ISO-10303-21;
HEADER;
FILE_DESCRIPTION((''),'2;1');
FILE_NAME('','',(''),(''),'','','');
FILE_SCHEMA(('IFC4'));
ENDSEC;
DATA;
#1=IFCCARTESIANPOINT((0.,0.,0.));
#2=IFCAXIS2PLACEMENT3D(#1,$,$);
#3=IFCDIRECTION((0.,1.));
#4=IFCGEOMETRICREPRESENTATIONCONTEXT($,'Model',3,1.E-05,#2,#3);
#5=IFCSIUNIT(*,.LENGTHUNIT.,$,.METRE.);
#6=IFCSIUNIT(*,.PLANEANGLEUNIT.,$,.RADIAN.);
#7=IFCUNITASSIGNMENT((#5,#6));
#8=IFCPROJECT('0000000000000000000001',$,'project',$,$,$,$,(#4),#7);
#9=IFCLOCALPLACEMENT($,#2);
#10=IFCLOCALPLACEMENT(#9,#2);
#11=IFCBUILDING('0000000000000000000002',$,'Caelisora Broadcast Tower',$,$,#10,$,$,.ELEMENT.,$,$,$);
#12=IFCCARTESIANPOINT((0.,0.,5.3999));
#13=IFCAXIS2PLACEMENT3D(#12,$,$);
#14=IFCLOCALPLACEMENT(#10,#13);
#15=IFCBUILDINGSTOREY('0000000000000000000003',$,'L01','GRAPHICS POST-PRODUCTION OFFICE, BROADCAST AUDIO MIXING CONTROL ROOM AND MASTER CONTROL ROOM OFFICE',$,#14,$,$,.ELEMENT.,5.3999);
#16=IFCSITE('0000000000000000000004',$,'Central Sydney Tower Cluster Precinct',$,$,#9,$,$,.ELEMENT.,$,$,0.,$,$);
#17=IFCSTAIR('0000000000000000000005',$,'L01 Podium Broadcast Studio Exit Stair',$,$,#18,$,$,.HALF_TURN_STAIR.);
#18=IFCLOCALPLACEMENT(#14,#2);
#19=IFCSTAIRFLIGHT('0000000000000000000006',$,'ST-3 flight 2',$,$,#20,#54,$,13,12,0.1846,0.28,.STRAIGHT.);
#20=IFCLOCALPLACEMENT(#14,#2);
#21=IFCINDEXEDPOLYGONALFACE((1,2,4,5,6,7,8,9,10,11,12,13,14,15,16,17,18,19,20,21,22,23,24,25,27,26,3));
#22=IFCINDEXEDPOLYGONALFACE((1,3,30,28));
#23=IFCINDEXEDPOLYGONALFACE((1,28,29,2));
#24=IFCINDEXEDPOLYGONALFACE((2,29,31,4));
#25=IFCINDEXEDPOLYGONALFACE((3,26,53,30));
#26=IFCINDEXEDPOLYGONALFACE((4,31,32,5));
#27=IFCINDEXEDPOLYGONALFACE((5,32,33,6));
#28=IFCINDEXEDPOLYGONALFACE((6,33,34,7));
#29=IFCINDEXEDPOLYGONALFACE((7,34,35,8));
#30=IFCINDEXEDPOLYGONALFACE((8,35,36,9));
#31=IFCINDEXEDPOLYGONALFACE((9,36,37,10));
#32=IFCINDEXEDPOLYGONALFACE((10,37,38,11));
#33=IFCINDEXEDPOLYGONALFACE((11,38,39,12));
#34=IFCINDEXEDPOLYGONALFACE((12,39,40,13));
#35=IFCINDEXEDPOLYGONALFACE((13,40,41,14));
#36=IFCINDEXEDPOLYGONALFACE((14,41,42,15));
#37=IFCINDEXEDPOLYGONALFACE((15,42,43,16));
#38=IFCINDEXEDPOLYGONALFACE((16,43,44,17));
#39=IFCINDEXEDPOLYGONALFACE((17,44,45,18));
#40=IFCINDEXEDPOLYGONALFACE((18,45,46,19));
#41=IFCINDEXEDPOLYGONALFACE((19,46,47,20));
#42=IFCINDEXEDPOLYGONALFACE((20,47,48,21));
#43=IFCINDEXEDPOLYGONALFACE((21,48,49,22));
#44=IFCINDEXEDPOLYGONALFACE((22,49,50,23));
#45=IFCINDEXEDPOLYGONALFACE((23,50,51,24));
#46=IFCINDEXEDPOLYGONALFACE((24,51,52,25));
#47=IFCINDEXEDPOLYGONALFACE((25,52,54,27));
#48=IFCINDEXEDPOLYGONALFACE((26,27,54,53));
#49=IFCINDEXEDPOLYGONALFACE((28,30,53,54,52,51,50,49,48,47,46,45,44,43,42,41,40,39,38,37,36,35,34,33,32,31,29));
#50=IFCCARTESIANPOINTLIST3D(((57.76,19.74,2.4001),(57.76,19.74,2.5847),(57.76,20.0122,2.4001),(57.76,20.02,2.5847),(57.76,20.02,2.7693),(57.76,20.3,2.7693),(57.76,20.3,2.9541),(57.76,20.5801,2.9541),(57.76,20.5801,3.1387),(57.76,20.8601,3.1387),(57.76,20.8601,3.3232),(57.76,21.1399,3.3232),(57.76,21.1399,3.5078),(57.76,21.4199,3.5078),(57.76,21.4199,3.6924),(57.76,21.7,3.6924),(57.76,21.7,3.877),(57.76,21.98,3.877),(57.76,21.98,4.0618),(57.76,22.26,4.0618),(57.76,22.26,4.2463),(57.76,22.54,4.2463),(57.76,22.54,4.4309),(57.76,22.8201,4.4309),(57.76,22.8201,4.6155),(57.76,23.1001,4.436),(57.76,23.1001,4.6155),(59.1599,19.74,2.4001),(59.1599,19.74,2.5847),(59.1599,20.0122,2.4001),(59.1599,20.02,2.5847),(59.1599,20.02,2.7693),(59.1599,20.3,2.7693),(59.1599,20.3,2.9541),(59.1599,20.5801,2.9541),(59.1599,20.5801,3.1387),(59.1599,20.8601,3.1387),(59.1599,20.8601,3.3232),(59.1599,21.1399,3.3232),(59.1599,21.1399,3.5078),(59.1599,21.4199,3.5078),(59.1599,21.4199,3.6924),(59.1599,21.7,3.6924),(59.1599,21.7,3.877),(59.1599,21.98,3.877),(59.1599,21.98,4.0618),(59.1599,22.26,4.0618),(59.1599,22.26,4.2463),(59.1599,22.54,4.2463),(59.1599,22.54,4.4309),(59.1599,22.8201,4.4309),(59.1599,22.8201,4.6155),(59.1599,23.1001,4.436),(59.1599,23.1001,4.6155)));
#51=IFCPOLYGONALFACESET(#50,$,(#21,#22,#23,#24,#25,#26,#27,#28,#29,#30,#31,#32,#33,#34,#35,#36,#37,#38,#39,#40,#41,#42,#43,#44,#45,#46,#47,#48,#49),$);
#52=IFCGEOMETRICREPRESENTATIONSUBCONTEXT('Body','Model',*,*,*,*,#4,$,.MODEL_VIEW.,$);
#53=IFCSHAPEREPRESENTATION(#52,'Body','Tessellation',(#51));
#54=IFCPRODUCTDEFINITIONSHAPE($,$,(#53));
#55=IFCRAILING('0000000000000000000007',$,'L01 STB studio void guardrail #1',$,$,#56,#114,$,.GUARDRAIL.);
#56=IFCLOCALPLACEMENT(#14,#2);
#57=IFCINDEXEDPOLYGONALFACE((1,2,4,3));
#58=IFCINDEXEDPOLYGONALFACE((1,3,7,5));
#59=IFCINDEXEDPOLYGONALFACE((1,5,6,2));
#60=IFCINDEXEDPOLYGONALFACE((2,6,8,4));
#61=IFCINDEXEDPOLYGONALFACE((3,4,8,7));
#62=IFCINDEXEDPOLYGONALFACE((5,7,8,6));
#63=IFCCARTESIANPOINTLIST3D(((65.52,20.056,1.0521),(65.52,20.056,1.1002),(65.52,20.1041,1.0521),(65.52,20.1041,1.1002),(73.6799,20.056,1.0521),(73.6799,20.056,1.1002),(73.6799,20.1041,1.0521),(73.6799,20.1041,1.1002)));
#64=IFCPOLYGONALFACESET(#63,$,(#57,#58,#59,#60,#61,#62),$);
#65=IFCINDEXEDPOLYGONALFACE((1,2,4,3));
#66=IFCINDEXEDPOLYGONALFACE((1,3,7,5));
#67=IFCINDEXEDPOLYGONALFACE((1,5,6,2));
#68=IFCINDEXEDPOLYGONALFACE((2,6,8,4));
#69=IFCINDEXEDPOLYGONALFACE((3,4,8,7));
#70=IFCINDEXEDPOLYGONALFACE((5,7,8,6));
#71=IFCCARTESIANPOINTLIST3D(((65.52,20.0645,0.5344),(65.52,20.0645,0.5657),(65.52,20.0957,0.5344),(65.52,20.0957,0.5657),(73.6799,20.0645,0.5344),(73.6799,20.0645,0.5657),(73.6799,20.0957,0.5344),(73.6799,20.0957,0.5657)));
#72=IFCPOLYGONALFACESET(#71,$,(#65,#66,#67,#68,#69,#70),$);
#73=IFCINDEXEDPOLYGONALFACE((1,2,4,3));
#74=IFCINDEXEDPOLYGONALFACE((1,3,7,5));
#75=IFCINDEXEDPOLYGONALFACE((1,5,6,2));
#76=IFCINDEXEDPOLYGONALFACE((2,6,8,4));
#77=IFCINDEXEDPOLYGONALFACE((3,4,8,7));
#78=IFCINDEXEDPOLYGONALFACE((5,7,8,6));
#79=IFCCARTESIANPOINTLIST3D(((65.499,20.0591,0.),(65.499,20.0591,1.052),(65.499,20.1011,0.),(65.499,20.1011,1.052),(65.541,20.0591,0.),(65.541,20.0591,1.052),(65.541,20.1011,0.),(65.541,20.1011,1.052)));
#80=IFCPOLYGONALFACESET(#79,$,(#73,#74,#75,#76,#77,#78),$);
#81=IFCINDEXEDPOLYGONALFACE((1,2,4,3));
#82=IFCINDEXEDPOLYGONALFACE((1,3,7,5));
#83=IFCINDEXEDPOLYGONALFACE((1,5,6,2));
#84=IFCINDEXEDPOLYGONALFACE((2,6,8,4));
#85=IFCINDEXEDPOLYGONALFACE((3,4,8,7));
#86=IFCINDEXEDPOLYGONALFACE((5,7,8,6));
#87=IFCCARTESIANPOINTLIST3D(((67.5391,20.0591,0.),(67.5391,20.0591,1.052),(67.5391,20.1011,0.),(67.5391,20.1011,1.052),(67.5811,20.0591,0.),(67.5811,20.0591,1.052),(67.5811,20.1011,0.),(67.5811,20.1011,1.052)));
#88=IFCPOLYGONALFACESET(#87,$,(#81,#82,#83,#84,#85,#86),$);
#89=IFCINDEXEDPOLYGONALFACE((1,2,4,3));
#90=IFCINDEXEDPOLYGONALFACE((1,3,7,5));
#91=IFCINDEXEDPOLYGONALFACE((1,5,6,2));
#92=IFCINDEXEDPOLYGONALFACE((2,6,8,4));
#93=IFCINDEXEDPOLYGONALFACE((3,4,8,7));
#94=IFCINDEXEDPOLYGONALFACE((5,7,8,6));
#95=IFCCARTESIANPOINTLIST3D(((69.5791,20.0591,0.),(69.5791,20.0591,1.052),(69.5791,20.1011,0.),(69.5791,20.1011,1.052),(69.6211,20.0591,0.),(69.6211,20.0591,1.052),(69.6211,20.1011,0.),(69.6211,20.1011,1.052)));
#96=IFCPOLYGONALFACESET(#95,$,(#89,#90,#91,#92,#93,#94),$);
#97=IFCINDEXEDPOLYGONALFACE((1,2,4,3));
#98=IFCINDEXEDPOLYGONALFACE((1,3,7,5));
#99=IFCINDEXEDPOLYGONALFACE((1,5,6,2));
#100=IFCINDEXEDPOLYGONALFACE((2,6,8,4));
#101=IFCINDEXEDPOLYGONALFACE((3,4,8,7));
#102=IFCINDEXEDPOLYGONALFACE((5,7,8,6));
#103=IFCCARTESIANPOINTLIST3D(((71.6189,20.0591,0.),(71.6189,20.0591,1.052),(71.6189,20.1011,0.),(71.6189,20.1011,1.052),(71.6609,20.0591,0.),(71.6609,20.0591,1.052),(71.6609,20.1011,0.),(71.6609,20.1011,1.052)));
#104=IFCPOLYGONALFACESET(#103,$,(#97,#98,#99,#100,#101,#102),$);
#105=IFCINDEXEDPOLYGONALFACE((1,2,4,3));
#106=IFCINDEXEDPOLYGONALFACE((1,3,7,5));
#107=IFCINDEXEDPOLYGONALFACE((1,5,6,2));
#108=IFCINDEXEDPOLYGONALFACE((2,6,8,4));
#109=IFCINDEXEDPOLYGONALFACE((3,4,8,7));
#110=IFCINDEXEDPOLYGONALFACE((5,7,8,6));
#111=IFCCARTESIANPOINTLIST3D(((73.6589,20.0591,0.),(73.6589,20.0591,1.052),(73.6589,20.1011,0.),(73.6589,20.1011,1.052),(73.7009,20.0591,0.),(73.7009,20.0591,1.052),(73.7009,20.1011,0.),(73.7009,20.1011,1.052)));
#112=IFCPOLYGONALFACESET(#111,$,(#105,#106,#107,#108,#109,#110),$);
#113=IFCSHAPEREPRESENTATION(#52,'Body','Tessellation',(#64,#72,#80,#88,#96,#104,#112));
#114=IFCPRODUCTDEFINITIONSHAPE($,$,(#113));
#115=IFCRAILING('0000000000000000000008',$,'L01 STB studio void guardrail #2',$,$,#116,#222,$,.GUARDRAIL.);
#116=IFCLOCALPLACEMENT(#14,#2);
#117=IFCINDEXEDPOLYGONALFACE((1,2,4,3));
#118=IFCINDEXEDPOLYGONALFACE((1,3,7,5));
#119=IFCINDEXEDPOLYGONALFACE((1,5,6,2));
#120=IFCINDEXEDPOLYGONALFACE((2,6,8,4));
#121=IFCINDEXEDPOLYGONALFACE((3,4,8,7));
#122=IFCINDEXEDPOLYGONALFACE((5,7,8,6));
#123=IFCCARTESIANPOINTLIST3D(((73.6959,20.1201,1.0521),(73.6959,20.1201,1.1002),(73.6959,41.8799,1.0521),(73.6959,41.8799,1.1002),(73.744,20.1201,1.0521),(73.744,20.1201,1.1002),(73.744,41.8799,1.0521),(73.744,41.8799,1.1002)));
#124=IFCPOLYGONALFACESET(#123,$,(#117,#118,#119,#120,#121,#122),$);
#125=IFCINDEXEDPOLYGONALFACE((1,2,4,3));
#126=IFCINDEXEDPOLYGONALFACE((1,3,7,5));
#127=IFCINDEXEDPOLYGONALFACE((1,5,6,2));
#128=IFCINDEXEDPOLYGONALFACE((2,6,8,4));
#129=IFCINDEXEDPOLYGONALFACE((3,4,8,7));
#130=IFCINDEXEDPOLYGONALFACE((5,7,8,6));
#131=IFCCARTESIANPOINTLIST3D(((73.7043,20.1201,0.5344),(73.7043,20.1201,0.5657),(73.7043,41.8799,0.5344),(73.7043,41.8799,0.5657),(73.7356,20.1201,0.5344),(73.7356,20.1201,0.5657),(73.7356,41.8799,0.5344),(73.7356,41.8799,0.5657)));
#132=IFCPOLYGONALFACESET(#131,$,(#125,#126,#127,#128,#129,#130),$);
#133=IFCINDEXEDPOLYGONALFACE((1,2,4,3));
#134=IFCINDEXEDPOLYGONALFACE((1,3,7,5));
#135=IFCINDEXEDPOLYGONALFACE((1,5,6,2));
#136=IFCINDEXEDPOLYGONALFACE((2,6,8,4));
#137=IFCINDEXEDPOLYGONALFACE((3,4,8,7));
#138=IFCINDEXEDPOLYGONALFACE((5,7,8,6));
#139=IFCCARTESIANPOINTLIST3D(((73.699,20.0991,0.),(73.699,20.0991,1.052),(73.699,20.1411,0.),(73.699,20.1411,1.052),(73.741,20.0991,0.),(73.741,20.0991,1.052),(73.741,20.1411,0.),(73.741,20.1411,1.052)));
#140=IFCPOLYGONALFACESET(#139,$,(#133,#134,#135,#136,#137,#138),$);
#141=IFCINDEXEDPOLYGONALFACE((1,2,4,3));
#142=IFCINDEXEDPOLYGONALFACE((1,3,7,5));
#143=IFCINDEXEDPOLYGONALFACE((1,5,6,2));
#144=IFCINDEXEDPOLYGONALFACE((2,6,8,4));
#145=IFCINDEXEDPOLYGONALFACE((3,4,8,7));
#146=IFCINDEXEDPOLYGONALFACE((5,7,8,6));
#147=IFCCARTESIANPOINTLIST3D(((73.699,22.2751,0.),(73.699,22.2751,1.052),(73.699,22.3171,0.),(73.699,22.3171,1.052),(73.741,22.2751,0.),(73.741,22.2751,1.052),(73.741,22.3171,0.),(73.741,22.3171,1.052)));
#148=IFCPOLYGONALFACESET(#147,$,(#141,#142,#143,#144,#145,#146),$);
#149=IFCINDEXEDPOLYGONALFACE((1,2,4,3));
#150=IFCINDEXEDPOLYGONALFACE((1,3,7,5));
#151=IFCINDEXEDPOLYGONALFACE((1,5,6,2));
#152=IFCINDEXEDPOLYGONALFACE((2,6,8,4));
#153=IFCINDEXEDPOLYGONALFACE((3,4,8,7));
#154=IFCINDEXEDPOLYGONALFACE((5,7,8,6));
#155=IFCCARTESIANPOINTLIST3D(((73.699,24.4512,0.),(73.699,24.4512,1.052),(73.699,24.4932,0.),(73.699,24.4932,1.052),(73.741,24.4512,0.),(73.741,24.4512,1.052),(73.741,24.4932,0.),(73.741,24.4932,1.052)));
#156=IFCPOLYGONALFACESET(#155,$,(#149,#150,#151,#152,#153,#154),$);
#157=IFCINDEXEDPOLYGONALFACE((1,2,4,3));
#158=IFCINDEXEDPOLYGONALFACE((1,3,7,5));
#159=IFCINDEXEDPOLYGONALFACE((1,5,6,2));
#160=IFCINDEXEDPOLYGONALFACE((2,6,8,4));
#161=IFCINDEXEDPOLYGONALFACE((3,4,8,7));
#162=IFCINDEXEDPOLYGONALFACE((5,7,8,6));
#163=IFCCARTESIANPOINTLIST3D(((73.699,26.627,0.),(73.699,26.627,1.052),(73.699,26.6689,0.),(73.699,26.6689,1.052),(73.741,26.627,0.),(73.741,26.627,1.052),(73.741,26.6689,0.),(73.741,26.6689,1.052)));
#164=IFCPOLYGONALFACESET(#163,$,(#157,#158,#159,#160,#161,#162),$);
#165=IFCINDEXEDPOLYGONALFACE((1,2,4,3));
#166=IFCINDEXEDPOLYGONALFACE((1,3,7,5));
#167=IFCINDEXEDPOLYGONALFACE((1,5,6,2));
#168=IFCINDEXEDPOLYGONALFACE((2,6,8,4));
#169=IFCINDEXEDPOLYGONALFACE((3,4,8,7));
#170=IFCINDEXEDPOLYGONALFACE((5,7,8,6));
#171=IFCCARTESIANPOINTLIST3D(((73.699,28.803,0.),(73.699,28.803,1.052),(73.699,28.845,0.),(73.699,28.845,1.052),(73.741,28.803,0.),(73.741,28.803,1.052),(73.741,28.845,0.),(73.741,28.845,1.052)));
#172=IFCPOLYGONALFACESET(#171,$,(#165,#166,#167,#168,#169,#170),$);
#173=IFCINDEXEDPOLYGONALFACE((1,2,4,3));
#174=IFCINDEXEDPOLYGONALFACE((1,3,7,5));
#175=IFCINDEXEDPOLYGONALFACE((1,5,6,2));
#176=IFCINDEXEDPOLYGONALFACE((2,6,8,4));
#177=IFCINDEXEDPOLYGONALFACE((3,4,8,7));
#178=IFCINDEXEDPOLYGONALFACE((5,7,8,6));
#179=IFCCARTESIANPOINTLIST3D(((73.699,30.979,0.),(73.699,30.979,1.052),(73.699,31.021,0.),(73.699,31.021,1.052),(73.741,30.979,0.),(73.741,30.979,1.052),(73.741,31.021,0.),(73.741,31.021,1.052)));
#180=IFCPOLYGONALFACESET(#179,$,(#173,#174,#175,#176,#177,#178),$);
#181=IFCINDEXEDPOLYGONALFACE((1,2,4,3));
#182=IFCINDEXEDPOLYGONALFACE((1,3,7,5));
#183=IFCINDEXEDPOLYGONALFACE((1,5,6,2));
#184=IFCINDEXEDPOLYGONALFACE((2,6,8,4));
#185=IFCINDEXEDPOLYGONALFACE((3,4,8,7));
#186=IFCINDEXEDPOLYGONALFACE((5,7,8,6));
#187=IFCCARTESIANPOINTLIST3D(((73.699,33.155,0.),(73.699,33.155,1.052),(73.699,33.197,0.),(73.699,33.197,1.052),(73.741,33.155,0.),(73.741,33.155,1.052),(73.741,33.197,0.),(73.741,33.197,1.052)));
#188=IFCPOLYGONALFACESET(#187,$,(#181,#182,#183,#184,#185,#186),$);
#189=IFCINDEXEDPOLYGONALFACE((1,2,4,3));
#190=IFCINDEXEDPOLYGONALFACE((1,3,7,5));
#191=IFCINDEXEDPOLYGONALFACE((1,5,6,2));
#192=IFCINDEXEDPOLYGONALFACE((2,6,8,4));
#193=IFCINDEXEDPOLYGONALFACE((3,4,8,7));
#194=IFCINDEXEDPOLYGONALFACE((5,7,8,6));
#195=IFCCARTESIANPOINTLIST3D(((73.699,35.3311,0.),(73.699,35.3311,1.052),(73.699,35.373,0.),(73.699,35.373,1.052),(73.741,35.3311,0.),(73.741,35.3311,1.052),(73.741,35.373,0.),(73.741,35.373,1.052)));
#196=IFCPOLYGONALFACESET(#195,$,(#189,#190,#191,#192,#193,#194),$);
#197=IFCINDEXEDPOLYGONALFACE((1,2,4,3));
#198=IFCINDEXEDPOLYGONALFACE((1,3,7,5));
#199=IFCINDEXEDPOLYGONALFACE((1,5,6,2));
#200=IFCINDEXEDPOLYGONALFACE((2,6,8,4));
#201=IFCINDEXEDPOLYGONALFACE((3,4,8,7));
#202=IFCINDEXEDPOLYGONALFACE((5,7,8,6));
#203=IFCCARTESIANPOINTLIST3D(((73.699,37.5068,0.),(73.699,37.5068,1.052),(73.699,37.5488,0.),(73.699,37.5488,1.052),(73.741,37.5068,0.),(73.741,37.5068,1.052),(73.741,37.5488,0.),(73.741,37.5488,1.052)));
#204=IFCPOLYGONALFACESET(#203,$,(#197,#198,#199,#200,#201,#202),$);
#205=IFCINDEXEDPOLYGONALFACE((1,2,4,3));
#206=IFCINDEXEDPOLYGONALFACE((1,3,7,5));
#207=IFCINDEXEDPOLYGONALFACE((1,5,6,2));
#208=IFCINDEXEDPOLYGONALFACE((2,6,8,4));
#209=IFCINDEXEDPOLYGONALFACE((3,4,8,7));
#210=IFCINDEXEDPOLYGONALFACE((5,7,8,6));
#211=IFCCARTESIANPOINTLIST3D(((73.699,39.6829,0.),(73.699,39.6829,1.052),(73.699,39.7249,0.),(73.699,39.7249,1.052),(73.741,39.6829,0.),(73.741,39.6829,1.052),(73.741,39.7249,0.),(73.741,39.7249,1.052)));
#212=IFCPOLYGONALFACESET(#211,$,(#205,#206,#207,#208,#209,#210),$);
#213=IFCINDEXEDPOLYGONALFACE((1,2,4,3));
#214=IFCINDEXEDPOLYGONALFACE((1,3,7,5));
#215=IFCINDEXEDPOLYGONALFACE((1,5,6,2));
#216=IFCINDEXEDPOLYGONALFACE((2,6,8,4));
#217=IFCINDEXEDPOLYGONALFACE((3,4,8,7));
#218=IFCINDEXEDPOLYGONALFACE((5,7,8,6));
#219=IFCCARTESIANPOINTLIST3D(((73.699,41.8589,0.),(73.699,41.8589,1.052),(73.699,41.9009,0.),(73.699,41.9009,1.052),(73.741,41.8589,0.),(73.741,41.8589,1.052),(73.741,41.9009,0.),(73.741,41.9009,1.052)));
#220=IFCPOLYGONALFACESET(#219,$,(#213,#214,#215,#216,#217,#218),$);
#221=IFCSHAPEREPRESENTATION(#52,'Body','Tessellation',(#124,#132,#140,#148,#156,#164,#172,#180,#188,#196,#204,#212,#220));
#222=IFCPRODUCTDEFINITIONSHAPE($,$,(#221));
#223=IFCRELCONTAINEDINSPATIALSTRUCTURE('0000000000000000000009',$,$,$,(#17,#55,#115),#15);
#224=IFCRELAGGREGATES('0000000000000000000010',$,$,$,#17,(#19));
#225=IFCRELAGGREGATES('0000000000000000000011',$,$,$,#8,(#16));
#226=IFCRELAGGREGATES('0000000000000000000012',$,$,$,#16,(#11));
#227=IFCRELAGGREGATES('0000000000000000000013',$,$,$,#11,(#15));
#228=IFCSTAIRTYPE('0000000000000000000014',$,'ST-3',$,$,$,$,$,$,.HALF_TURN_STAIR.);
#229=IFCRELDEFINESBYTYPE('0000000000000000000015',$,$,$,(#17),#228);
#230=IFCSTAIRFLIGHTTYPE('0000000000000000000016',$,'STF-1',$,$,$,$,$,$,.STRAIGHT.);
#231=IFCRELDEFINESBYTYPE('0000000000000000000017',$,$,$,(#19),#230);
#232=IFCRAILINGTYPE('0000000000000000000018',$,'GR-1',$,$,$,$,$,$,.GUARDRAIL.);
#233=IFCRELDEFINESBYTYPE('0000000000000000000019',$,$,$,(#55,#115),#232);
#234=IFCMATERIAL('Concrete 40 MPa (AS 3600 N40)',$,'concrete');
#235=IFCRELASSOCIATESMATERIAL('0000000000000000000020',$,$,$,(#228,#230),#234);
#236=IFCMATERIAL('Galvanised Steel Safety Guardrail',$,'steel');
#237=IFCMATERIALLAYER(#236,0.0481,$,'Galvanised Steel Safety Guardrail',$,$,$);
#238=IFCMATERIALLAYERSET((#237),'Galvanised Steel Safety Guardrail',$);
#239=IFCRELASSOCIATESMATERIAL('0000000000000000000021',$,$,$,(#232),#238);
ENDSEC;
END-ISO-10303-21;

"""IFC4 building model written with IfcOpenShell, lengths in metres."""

from ifc_helpers import new_model, si_unit, direction, frame, origin, origin_2d, place, context, subcontext, project, spatial, polyline, rectangle, outline, extrude, material, layer, layer_set, type_object, element, aggregate, save


model = new_model("IFC4")

# Units and contexts
model_context = context("Model", 3, precision=1e-05, world=origin(), true_north=direction((0.0, 1.0)))
body_context = subcontext(model_context, "Body", "Model", "MODEL_VIEW")
ifc_project = project(units=[si_unit("LENGTHUNIT", "METRE"), si_unit("PLANEANGLEUNIT", "RADIAN")], contexts=[model_context])

# Site, building, storey
site_placement = place(None, origin())
site = spatial("IfcSite", under=ifc_project, at=site_placement, Name="Central Sydney Tower Cluster Precinct", CompositionType="ELEMENT", RefElevation=0.0)
building_placement = place(site_placement, origin())
building = spatial("IfcBuilding", under=site, at=building_placement, Name="Caelisora Broadcast Tower", CompositionType="ELEMENT")
storey_placement = place(building_placement, frame((0.0, 0.0, 5.3999)))
storey = spatial("IfcBuildingStorey", under=building, at=storey_placement, Name="L01", Description="GRAPHICS POST-PRODUCTION OFFICE, BROADCAST AUDIO MIXING CONTROL ROOM AND MASTER CONTROL ROOM OFFICE", CompositionType="ELEMENT", Elevation=5.3999)

# Stair, stair flight
ifc_material_1 = material(Name="Concrete 40 MPa (AS 3600 N40)", Category="concrete")
stair_type = type_object("IfcStairType", Name="ST-3", PredefinedType="HALF_TURN_STAIR", material=ifc_material_1)
stair_placement = place(storey_placement, origin())
stair = element("IfcStair", 1, at=stair_placement, inside=storey, type_object=stair_type, Name="L01 Podium Broadcast Studio Exit Stair", PredefinedType="HALF_TURN_STAIR")
stair_flight_type = type_object("IfcStairFlightType", Name="STF-1", PredefinedType="STRAIGHT", material=ifc_material_1)
stair_flight_1_placement = place(storey_placement, frame((58.46, 19.74, 2.4001), z_axis=(0.0, 0.0, 1.0), x_axis=(0.0, 1.0, 0.0)))
stair_flight_1 = element("IfcStairFlight", 2, at=stair_flight_1_placement, type_object=stair_flight_type, Name="ST-3 flight 2", NumberOfRisers=13, NumberOfTreads=12, PredefinedType="STRAIGHT", RiserHeight=0.1846, TreadLength=0.28, context=body_context, shape_type="SweptSolid", body=[
    extrude(outline(polyline([(0.0, 0.0), (0.0, 0.1846), (0.28, 0.1846), (0.28, 0.3691), (0.5601, 0.3691), (0.5601, 0.554), (0.8401, 0.554), (0.8401, 0.7385), (1.1201, 0.7385), (1.1201, 0.9231), (1.3999, 0.9231), (1.3999, 1.1077), (1.6799, 1.1077), (1.6799, 1.2922), (1.96, 1.2922), (1.96, 1.4768), (2.24, 1.4768), (2.24, 1.6616), (2.52, 1.6616), (2.52, 1.8462), (2.8, 1.8462), (2.8, 2.0308), (3.0801, 2.0308), (3.0801, 2.2153), (3.3601, 2.2153), (3.3601, 2.3999), (3.3601, 2.0359), (0.2722, 0.0), (0.0, 0.0)])), frame((0.0, 0.7, 0.0), z_axis=(0.0, -1.0, 0.0), x_axis=(1.0, 0.0, 0.0)), (0.0, 0.0, 1.0), 1.3999),
])
aggregate(stair, [stair_flight_1])

# Railings
ifc_material_2 = material(Name="Galvanised Steel Safety Guardrail", Category="steel")
ifc_layer_1 = layer(ifc_material_2, 0.0481, Name="Galvanised Steel Safety Guardrail")
ifc_layer_set_1 = layer_set([ifc_layer_1], Name="Galvanised Steel Safety Guardrail")
railing_type_1 = type_object("IfcRailingType", Name="GR-1", PredefinedType="GUARDRAIL", material=ifc_layer_set_1)
railing_1_placement = place(storey_placement, frame((65.52, 20.0801, 0.0)))
element("IfcRailing", 3, at=railing_1_placement, inside=storey, type_object=railing_type_1, Name="L01 STB studio void guardrail #1", PredefinedType="GUARDRAIL", context=body_context, shape_type="SweptSolid", body=[
    extrude(rectangle(XDim=0.0481, YDim=0.0481, at=origin_2d()), frame((0.0, 0.0, 1.0762), z_axis=(1.0, 0.0, 0.0), x_axis=(0.0, 1.0, 0.0)), (0.0, 0.0, 1.0), 8.1599),
    extrude(rectangle(XDim=0.0312, YDim=0.0312, at=origin_2d()), frame((0.0, 0.0, 0.55), z_axis=(1.0, 0.0, 0.0), x_axis=(0.0, 1.0, 0.0)), (0.0, 0.0, 1.0), 8.1599),
    extrude(rectangle(XDim=0.042, YDim=0.042, at=origin_2d()), origin(), (0.0, 0.0, 1.0), 1.052),
    extrude(rectangle(XDim=0.042, YDim=0.042, at=origin_2d()), frame((2.04, 0.0, 0.0)), (0.0, 0.0, 1.0), 1.052),
    extrude(rectangle(XDim=0.042, YDim=0.042, at=origin_2d()), frame((4.0801, 0.0, 0.0)), (0.0, 0.0, 1.0), 1.052),
    extrude(rectangle(XDim=0.042, YDim=0.042, at=origin_2d()), frame((6.1199, 0.0, 0.0)), (0.0, 0.0, 1.0), 1.052),
    extrude(rectangle(XDim=0.042, YDim=0.042, at=origin_2d()), frame((8.1599, 0.0, 0.0)), (0.0, 0.0, 1.0), 1.052),
])
railing_2_placement = place(storey_placement, frame((73.72, 20.1201, 0.0)))
element("IfcRailing", 4, at=railing_2_placement, inside=storey, type_object=railing_type_1, Name="L01 STB studio void guardrail #2", PredefinedType="GUARDRAIL", context=body_context, shape_type="SweptSolid", body=[
    extrude(rectangle(XDim=0.0481, YDim=0.0481, at=origin_2d()), frame((0.0, 0.0, 1.0762), z_axis=(0.0, 1.0, 0.0), x_axis=(-1.0, 0.0, 0.0)), (0.0, 0.0, 1.0), 21.7598),
    extrude(rectangle(XDim=0.0312, YDim=0.0312, at=origin_2d()), frame((0.0, 0.0, 0.55), z_axis=(0.0, 1.0, 0.0), x_axis=(-1.0, 0.0, 0.0)), (0.0, 0.0, 1.0), 21.7598),
    extrude(rectangle(XDim=0.042, YDim=0.042, at=origin_2d()), origin(), (0.0, 0.0, 1.0), 1.052),
    extrude(rectangle(XDim=0.042, YDim=0.042, at=origin_2d()), frame((0.0, 2.176, 0.0)), (0.0, 0.0, 1.0), 1.052),
    extrude(rectangle(XDim=0.042, YDim=0.042, at=origin_2d()), frame((0.0, 4.3521, 0.0)), (0.0, 0.0, 1.0), 1.052),
    extrude(rectangle(XDim=0.042, YDim=0.042, at=origin_2d()), frame((0.0, 6.5278, 0.0)), (0.0, 0.0, 1.0), 1.052),
    extrude(rectangle(XDim=0.042, YDim=0.042, at=origin_2d()), frame((0.0, 8.7039, 0.0)), (0.0, 0.0, 1.0), 1.052),
    extrude(rectangle(XDim=0.042, YDim=0.042, at=origin_2d()), frame((0.0, 10.8799, 0.0)), (0.0, 0.0, 1.0), 1.052),
    extrude(rectangle(XDim=0.042, YDim=0.042, at=origin_2d()), frame((0.0, 13.0559, 0.0)), (0.0, 0.0, 1.0), 1.052),
    extrude(rectangle(XDim=0.042, YDim=0.042, at=origin_2d()), frame((0.0, 15.2319, 0.0)), (0.0, 0.0, 1.0), 1.052),
    extrude(rectangle(XDim=0.042, YDim=0.042, at=origin_2d()), frame((0.0, 17.4077, 0.0)), (0.0, 0.0, 1.0), 1.052),
    extrude(rectangle(XDim=0.042, YDim=0.042, at=origin_2d()), frame((0.0, 19.5837, 0.0)), (0.0, 0.0, 1.0), 1.052),
    extrude(rectangle(XDim=0.042, YDim=0.042, at=origin_2d()), frame((0.0, 21.7598, 0.0)), (0.0, 0.0, 1.0), 1.052),
])

save(model, "model.ifc")
